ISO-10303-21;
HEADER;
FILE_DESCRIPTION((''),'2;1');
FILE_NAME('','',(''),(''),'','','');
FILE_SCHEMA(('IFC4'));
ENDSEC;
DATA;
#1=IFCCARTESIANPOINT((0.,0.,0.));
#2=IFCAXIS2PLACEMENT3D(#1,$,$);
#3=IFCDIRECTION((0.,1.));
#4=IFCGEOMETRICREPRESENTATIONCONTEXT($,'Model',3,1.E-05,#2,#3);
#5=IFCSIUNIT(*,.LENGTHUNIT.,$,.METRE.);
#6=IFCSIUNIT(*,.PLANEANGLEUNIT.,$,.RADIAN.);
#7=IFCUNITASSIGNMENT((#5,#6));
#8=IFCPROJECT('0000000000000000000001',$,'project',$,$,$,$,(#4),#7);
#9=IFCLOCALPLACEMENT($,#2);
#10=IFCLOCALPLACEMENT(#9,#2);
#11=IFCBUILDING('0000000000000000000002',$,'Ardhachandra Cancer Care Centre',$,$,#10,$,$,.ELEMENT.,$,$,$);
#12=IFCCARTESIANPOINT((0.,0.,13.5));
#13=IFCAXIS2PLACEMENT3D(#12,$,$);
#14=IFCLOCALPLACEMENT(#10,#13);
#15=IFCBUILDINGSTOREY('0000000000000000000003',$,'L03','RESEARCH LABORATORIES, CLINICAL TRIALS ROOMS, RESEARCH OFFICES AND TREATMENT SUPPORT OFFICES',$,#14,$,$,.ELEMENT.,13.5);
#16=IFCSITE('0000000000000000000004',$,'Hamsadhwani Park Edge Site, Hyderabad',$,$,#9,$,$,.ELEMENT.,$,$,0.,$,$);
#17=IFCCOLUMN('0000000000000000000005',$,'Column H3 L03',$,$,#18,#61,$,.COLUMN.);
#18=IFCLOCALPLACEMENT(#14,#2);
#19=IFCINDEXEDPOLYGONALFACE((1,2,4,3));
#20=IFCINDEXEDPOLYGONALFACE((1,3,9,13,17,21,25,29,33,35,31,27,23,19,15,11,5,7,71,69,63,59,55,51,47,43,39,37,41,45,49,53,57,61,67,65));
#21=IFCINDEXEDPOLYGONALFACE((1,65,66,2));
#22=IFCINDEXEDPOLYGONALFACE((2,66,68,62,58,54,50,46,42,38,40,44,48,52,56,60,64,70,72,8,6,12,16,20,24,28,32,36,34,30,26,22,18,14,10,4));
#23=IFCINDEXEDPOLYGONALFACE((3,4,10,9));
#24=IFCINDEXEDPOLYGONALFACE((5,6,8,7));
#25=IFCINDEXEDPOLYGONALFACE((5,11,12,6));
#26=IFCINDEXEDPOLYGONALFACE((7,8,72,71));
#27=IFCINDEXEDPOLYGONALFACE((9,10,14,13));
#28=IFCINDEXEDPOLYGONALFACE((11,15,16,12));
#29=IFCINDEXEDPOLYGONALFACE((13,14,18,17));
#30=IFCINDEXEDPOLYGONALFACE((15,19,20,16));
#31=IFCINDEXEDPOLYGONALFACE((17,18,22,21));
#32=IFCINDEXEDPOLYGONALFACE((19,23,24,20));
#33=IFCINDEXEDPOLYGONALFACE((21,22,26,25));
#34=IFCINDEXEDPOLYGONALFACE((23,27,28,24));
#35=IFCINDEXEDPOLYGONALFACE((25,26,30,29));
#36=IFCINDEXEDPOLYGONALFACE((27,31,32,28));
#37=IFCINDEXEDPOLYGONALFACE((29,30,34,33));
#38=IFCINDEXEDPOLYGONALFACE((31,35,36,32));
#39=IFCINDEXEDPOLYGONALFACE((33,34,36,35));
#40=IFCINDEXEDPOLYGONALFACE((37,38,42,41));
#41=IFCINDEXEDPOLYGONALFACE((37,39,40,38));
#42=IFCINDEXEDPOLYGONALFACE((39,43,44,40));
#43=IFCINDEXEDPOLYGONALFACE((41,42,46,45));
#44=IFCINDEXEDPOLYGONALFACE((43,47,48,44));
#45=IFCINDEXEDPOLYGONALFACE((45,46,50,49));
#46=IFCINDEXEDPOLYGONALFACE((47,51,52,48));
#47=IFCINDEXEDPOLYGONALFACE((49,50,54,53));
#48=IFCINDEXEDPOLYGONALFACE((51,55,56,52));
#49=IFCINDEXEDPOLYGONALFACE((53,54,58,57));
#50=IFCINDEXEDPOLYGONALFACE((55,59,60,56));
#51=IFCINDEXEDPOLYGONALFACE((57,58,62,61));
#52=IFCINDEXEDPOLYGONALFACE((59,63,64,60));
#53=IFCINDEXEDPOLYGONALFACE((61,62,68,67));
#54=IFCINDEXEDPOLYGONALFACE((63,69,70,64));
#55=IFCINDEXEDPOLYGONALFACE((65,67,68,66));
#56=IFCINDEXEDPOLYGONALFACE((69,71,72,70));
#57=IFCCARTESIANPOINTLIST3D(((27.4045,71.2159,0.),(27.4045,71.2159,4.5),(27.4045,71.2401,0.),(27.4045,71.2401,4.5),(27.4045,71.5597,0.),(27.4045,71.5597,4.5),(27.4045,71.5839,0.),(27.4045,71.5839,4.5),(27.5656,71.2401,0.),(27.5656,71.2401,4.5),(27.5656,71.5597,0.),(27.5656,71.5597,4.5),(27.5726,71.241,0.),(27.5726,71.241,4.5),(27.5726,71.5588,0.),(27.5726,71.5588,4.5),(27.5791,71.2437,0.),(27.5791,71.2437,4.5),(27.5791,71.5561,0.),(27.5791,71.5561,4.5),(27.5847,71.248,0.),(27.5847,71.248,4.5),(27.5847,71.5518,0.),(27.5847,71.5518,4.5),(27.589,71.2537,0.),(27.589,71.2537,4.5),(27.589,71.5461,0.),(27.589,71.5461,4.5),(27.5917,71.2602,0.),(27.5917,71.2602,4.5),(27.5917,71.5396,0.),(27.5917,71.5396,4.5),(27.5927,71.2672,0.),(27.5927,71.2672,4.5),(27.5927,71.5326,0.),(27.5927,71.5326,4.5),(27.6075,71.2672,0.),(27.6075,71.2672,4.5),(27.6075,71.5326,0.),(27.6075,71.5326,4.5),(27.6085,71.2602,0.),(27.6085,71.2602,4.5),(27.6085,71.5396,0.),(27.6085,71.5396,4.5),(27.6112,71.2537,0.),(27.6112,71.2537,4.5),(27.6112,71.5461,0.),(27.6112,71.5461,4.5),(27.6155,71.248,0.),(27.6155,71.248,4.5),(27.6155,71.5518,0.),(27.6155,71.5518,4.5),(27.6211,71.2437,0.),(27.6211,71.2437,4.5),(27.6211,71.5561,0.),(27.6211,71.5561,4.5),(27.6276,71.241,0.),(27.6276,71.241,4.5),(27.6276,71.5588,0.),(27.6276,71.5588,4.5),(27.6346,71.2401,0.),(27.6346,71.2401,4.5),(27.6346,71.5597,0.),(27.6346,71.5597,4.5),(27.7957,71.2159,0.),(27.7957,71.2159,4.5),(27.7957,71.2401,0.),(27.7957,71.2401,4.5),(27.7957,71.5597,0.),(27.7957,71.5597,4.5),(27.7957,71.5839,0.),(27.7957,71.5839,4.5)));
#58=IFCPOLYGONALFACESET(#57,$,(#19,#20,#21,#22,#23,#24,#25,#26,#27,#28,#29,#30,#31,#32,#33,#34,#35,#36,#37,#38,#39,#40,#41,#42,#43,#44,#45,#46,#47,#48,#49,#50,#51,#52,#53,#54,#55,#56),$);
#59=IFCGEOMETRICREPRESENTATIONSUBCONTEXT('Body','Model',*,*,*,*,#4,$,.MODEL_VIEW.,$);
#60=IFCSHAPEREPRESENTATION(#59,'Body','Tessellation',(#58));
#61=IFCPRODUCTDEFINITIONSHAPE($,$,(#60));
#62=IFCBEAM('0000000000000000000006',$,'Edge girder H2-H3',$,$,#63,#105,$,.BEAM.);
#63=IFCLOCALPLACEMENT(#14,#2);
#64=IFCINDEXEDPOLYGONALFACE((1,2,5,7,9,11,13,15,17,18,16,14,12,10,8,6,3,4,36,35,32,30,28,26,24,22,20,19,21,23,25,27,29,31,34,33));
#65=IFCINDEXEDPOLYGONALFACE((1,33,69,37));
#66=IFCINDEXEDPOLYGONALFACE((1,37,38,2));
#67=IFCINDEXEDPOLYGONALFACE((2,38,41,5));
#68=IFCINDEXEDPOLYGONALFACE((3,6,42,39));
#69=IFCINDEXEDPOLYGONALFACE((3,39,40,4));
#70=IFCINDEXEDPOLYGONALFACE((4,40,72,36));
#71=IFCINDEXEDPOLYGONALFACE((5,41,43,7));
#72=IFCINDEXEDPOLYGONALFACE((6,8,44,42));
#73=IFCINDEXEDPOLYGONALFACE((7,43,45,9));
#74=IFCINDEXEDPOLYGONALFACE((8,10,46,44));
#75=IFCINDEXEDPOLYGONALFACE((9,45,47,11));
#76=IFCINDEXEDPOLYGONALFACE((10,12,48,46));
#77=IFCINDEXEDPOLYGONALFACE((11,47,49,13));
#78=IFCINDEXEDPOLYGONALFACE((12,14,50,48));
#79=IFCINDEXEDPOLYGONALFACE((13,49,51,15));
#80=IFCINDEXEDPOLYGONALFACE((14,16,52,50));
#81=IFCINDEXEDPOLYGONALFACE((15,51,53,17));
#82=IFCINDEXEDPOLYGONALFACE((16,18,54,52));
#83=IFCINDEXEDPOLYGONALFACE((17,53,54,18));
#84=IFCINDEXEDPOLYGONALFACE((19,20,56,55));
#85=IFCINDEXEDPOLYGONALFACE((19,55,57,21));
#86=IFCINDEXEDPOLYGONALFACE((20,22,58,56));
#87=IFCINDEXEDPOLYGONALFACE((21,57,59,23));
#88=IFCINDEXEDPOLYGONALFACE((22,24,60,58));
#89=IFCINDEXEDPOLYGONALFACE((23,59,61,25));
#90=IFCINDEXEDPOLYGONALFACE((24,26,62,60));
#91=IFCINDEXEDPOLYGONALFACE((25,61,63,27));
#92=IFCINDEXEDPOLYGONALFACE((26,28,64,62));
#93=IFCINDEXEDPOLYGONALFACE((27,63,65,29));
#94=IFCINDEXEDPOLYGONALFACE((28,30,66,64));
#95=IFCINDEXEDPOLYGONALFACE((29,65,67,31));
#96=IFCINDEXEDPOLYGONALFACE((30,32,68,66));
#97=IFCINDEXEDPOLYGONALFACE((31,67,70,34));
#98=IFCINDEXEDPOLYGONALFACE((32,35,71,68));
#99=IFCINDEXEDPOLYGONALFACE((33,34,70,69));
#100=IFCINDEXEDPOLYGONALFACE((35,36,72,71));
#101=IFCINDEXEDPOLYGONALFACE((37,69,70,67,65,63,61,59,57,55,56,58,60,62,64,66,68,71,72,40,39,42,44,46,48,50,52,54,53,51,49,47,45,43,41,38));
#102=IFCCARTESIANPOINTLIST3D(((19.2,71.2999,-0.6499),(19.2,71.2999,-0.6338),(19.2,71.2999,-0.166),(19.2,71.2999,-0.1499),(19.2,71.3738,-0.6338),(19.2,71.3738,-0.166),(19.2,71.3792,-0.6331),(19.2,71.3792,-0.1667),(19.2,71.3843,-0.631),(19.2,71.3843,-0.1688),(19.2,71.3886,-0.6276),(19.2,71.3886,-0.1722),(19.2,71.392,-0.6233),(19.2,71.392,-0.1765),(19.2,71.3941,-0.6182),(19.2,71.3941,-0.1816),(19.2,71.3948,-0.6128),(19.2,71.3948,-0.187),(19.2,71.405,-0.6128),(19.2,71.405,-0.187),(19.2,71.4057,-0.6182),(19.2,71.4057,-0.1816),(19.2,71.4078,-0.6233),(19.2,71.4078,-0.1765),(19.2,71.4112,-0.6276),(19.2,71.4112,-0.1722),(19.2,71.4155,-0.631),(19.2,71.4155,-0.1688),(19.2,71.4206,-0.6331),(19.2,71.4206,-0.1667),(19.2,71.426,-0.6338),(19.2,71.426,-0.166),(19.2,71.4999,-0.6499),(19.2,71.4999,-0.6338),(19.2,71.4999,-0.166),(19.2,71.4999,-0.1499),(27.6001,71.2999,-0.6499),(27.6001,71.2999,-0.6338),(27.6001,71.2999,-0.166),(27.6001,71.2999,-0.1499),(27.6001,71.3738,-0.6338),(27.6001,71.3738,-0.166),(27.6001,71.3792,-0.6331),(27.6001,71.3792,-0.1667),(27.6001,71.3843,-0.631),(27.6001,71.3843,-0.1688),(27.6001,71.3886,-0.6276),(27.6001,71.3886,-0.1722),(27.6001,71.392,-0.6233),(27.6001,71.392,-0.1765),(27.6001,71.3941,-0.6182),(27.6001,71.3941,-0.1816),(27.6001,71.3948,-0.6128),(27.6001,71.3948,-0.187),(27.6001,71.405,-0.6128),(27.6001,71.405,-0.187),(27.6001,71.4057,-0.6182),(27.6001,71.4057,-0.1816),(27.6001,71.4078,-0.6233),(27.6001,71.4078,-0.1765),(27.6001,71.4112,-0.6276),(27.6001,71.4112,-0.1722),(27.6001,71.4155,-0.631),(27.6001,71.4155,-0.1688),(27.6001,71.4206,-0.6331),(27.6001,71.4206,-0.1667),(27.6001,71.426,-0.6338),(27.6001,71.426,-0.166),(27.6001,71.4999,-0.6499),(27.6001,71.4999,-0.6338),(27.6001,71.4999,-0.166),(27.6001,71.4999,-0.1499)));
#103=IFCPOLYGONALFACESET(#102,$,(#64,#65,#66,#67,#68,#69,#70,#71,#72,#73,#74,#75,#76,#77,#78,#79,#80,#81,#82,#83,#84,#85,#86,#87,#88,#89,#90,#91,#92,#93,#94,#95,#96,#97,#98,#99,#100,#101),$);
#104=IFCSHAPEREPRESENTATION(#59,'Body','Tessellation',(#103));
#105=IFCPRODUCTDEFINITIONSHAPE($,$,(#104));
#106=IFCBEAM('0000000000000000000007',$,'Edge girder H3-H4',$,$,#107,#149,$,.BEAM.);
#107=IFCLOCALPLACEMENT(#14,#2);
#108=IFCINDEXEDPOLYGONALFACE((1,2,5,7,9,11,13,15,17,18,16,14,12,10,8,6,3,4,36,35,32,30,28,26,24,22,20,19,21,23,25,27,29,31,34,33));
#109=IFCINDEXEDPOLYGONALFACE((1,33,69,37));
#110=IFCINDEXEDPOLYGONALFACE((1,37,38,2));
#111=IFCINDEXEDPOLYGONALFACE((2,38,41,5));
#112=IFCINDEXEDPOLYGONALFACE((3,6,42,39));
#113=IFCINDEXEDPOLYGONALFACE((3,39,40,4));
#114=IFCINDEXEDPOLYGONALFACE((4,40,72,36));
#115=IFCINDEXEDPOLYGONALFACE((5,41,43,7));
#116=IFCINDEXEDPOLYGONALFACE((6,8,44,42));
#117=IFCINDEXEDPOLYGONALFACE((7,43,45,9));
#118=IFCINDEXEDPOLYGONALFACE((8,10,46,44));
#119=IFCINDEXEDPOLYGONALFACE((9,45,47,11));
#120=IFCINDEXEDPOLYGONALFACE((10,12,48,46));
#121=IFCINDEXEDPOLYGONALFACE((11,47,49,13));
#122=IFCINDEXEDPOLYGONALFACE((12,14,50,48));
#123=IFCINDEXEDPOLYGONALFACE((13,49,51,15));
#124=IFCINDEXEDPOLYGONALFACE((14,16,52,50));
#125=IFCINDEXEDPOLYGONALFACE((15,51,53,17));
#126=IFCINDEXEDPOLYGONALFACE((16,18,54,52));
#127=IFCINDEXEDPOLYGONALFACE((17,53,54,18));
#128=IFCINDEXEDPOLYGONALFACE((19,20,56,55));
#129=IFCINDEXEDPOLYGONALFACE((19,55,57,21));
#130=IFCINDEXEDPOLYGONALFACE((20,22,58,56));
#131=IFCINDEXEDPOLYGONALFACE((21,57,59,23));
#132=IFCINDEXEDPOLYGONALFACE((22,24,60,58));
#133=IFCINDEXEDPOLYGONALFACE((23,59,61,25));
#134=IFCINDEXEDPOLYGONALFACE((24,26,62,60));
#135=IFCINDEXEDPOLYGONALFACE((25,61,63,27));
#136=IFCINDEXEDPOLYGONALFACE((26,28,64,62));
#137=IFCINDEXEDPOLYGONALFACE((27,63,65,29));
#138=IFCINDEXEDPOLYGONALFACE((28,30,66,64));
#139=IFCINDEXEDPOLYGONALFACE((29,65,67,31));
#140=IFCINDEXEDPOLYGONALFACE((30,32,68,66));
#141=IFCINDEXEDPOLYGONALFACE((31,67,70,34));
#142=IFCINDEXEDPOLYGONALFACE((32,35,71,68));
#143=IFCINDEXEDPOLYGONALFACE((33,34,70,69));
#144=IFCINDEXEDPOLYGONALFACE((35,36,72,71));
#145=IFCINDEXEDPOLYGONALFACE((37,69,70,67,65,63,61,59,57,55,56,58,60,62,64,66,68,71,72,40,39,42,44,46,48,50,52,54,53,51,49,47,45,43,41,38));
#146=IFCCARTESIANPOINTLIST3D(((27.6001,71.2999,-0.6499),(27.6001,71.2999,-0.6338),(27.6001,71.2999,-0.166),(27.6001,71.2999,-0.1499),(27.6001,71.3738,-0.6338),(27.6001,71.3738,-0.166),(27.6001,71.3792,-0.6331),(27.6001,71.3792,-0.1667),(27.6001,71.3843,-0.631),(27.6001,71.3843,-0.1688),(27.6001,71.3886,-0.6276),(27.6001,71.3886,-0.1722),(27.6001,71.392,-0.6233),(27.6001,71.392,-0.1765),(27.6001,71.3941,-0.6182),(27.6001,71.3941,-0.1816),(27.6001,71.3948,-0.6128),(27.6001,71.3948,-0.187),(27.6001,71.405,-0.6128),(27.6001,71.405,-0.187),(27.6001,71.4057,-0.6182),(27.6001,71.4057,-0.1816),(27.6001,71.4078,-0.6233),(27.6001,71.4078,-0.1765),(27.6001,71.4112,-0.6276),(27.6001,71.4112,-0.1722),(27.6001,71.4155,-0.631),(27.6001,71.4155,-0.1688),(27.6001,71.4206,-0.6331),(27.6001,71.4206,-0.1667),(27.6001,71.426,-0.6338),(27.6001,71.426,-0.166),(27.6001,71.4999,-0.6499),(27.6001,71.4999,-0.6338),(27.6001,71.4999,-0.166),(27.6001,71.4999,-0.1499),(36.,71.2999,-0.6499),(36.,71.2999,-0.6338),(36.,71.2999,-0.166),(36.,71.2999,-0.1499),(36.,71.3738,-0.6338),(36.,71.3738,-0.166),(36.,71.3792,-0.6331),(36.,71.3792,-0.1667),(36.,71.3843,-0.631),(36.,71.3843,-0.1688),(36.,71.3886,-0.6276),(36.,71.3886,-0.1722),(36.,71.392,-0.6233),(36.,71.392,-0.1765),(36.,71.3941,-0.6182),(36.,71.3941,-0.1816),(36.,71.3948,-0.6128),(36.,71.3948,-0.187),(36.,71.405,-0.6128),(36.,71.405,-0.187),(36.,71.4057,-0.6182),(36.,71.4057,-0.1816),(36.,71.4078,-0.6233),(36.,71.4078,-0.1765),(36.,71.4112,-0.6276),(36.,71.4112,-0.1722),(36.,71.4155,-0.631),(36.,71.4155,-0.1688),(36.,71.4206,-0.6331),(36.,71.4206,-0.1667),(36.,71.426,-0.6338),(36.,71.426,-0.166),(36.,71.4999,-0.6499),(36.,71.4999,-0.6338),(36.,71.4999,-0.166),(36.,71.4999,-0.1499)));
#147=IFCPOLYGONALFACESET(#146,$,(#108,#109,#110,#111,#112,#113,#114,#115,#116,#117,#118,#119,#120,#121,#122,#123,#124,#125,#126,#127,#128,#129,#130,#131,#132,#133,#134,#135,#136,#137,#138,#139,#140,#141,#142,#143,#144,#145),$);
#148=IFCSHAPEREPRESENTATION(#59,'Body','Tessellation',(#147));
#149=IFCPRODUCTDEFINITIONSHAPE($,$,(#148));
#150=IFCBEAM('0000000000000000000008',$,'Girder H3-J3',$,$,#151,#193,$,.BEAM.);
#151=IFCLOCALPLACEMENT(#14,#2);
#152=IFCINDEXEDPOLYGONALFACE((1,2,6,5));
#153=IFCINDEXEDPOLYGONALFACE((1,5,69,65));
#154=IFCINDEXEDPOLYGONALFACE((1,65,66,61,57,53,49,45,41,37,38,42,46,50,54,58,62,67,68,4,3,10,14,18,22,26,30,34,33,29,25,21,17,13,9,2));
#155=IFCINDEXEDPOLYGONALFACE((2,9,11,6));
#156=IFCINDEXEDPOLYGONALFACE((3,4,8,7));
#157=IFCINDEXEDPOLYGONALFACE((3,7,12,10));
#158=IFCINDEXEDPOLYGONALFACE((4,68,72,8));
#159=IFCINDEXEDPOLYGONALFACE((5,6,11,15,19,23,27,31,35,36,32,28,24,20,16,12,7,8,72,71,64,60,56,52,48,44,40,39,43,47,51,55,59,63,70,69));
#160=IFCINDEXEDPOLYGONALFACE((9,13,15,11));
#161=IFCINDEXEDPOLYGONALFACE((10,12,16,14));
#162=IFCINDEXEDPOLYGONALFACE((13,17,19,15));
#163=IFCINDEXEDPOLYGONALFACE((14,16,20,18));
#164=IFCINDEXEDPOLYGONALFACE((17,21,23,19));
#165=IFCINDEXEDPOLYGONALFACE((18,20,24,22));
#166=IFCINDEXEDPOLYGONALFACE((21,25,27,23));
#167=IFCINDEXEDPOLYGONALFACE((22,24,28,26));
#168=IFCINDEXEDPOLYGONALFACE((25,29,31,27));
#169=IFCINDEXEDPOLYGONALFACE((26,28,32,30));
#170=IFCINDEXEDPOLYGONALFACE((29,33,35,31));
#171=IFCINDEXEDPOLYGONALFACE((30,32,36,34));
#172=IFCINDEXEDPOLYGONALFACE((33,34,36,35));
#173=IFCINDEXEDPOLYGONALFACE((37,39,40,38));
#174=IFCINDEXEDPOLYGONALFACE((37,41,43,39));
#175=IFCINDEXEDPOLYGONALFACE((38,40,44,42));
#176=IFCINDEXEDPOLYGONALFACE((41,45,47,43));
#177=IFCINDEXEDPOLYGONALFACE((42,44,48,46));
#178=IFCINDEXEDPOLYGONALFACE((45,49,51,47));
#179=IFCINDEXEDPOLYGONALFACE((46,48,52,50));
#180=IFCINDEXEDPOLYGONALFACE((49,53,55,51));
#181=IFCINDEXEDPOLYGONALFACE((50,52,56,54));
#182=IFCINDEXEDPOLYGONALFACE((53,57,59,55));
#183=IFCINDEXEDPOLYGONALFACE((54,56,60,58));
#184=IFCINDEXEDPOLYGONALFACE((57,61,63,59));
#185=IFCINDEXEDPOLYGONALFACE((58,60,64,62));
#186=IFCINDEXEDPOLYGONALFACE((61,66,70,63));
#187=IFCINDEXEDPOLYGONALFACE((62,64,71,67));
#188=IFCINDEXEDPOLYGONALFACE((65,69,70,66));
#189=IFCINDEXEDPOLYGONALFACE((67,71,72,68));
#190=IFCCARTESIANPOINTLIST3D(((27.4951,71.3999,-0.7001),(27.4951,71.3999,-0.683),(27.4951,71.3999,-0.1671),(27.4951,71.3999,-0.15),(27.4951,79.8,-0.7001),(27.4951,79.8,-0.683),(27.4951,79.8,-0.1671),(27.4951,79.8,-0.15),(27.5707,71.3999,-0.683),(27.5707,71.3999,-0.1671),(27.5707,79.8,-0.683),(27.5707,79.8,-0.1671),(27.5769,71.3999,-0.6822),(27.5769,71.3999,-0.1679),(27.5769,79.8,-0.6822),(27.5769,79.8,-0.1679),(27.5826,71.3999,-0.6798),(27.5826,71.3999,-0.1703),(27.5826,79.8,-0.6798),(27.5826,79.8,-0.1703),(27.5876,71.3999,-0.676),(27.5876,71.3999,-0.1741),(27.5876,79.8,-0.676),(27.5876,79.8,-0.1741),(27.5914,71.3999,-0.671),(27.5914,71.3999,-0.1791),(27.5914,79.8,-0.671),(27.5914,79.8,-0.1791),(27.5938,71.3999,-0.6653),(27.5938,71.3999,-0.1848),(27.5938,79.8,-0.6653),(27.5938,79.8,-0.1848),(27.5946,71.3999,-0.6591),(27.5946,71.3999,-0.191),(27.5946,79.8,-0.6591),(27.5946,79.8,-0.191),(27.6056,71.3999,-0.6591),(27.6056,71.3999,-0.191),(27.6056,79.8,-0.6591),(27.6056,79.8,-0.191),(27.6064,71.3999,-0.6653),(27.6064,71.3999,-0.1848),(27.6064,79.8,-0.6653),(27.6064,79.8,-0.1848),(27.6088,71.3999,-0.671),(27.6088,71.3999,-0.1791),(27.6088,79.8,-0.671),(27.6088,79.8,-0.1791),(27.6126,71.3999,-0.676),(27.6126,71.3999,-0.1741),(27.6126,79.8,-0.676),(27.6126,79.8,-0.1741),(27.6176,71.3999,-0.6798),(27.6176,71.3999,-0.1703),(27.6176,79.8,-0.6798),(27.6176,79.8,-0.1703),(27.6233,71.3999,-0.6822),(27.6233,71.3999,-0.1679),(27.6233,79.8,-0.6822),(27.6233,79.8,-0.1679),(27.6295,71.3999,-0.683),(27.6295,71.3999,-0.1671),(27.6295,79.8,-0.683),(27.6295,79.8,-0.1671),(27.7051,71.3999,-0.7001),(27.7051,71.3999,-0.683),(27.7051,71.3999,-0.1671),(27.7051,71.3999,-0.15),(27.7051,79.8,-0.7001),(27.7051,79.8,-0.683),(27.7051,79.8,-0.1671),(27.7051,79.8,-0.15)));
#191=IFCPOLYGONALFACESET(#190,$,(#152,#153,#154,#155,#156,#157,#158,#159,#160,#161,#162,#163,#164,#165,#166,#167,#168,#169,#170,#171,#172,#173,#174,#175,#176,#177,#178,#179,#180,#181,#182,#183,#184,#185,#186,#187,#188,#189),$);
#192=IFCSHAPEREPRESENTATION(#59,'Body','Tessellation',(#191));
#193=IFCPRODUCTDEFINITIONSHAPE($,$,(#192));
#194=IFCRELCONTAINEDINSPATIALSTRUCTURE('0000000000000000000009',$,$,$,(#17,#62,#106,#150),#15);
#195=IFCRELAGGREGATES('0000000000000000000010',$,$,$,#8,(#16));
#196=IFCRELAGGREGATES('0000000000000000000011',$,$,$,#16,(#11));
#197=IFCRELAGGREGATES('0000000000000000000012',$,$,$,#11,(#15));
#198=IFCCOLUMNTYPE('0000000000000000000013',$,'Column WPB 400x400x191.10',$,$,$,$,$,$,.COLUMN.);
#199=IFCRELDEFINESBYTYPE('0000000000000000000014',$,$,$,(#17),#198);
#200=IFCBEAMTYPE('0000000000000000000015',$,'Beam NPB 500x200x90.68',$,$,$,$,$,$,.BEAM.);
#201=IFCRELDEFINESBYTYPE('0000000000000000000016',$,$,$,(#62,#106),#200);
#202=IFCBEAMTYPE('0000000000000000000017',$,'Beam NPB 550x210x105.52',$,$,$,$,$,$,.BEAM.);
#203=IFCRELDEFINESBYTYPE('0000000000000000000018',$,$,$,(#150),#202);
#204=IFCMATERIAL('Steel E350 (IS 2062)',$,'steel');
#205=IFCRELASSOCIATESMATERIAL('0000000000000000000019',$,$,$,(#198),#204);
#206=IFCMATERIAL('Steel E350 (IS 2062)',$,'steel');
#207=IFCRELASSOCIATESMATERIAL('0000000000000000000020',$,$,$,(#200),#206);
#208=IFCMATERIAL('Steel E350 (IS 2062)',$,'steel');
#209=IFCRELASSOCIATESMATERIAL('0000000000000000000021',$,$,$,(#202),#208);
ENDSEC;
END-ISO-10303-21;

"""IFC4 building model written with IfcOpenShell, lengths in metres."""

from ifc_helpers import new_model, si_unit, direction, frame, origin, origin_2d, place, context, subcontext, project, spatial, i_section, extrude, material, material_profile, profile_set, type_object, element, save


model = new_model("IFC4")

# Units and contexts
model_context = context("Model", 3, precision=1e-05, world=origin(), true_north=direction((0.0, 1.0)))
body_context = subcontext(model_context, "Body", "Model", "MODEL_VIEW")
ifc_project = project(units=[si_unit("LENGTHUNIT", "METRE"), si_unit("PLANEANGLEUNIT", "RADIAN")], contexts=[model_context])

# Site, building, storey
site_placement = place(None, origin())
site = spatial("IfcSite", under=ifc_project, at=site_placement, Name="Hamsadhwani Park Edge Site, Hyderabad", CompositionType="ELEMENT", RefElevation=0.0)
building_placement = place(site_placement, origin())
building = spatial("IfcBuilding", under=site, at=building_placement, Name="Ardhachandra Cancer Care Centre", CompositionType="ELEMENT")
storey_placement = place(building_placement, frame((0.0, 0.0, 13.5)))
storey = spatial("IfcBuildingStorey", under=building, at=storey_placement, Name="L03", Description="RESEARCH LABORATORIES, CLINICAL TRIALS ROOMS, RESEARCH OFFICES AND TREATMENT SUPPORT OFFICES", CompositionType="ELEMENT", Elevation=13.5)

# Column
ifc_material_1 = material(Name="Steel E350 (IS 2062)", Category="steel")
ifc_material_profile_1 = material_profile(ifc_material_1, i_section(OverallWidth=0.3911, OverallDepth=0.3679, WebThickness=0.0149, FlangeThickness=0.0242, FilletRadius=0.0271, at=origin_2d()), Name="WPB 400x400x191.10")
ifc_profile_set_1 = profile_set([ifc_material_profile_1], Name="Steel E350 (IS 2062)")
column_type = type_object("IfcColumnType", Name="Column WPB 400x400x191.10", PredefinedType="COLUMN", material=ifc_profile_set_1)
column_placement = place(storey_placement, frame((27.6001, 71.3999, 0.0), z_axis=(0.0, 0.0, 1.0), x_axis=(1.0, 0.0, 0.0)))
element("IfcColumn", 1, at=column_placement, inside=storey, type_object=column_type, Name="Column H3 L03", PredefinedType="COLUMN", context=body_context, shape_type="SweptSolid", body=[
    extrude(i_section(OverallWidth=0.3911, OverallDepth=0.3679, WebThickness=0.0149, FlangeThickness=0.0242, FilletRadius=0.0271, at=origin_2d()), origin(), (0.0, 0.0, 1.0), 4.5),
])

# Beams
ifc_material_2 = material(Name="Steel E350 (IS 2062)", Category="steel")
ifc_material_profile_2 = material_profile(ifc_material_2, i_section(OverallWidth=0.2, OverallDepth=0.5, WebThickness=0.0103, FlangeThickness=0.0161, FilletRadius=0.021, at=origin_2d()), Name="NPB 500x200x90.68")
ifc_profile_set_2 = profile_set([ifc_material_profile_2], Name="Steel E350 (IS 2062)")
beam_type_1 = type_object("IfcBeamType", Name="Beam NPB 500x200x90.68", PredefinedType="BEAM", material=ifc_profile_set_2)
beam_1_placement = place(storey_placement, frame((19.2, 71.3999, -0.3999), z_axis=(1.0, 0.0, 0.0), x_axis=(0.0, 1.0, 0.0)))
element("IfcBeam", 2, at=beam_1_placement, inside=storey, type_object=beam_type_1, Name="Edge girder H2-H3", PredefinedType="BEAM", context=body_context, shape_type="SweptSolid", body=[
    extrude(i_section(OverallWidth=0.2, OverallDepth=0.5, WebThickness=0.0103, FlangeThickness=0.0161, FilletRadius=0.021, at=origin_2d()), origin(), (0.0, 0.0, 1.0), 8.4001),
])
beam_2_placement = place(storey_placement, frame((27.6001, 71.3999, -0.3999), z_axis=(1.0, 0.0, 0.0), x_axis=(0.0, 1.0, 0.0)))
element("IfcBeam", 3, at=beam_2_placement, inside=storey, type_object=beam_type_1, Name="Edge girder H3-H4", PredefinedType="BEAM", context=body_context, shape_type="SweptSolid", body=[
    extrude(i_section(OverallWidth=0.2, OverallDepth=0.5, WebThickness=0.0103, FlangeThickness=0.0161, FilletRadius=0.021, at=origin_2d()), origin(), (0.0, 0.0, 1.0), 8.3999),
])
ifc_material_3 = material(Name="Steel E350 (IS 2062)", Category="steel")
ifc_material_profile_3 = material_profile(ifc_material_3, i_section(OverallWidth=0.21, OverallDepth=0.55, WebThickness=0.011, FlangeThickness=0.0171, FilletRadius=0.0239, at=origin_2d()), Name="NPB 550x210x105.52")
ifc_profile_set_3 = profile_set([ifc_material_profile_3], Name="Steel E350 (IS 2062)")
beam_type_2 = type_object("IfcBeamType", Name="Beam NPB 550x210x105.52", PredefinedType="BEAM", material=ifc_profile_set_3)
beam_3_placement = place(storey_placement, frame((27.6001, 71.3999, -0.425), z_axis=(0.0, 1.0, 0.0), x_axis=(-1.0, 0.0, 0.0)))
element("IfcBeam", 4, at=beam_3_placement, inside=storey, type_object=beam_type_2, Name="Girder H3-J3", PredefinedType="BEAM", context=body_context, shape_type="SweptSolid", body=[
    extrude(i_section(OverallWidth=0.21, OverallDepth=0.55, WebThickness=0.011, FlangeThickness=0.0171, FilletRadius=0.0239, at=origin_2d()), origin(), (0.0, 0.0, 1.0), 8.4001),
])

save(model, "model.ifc")
